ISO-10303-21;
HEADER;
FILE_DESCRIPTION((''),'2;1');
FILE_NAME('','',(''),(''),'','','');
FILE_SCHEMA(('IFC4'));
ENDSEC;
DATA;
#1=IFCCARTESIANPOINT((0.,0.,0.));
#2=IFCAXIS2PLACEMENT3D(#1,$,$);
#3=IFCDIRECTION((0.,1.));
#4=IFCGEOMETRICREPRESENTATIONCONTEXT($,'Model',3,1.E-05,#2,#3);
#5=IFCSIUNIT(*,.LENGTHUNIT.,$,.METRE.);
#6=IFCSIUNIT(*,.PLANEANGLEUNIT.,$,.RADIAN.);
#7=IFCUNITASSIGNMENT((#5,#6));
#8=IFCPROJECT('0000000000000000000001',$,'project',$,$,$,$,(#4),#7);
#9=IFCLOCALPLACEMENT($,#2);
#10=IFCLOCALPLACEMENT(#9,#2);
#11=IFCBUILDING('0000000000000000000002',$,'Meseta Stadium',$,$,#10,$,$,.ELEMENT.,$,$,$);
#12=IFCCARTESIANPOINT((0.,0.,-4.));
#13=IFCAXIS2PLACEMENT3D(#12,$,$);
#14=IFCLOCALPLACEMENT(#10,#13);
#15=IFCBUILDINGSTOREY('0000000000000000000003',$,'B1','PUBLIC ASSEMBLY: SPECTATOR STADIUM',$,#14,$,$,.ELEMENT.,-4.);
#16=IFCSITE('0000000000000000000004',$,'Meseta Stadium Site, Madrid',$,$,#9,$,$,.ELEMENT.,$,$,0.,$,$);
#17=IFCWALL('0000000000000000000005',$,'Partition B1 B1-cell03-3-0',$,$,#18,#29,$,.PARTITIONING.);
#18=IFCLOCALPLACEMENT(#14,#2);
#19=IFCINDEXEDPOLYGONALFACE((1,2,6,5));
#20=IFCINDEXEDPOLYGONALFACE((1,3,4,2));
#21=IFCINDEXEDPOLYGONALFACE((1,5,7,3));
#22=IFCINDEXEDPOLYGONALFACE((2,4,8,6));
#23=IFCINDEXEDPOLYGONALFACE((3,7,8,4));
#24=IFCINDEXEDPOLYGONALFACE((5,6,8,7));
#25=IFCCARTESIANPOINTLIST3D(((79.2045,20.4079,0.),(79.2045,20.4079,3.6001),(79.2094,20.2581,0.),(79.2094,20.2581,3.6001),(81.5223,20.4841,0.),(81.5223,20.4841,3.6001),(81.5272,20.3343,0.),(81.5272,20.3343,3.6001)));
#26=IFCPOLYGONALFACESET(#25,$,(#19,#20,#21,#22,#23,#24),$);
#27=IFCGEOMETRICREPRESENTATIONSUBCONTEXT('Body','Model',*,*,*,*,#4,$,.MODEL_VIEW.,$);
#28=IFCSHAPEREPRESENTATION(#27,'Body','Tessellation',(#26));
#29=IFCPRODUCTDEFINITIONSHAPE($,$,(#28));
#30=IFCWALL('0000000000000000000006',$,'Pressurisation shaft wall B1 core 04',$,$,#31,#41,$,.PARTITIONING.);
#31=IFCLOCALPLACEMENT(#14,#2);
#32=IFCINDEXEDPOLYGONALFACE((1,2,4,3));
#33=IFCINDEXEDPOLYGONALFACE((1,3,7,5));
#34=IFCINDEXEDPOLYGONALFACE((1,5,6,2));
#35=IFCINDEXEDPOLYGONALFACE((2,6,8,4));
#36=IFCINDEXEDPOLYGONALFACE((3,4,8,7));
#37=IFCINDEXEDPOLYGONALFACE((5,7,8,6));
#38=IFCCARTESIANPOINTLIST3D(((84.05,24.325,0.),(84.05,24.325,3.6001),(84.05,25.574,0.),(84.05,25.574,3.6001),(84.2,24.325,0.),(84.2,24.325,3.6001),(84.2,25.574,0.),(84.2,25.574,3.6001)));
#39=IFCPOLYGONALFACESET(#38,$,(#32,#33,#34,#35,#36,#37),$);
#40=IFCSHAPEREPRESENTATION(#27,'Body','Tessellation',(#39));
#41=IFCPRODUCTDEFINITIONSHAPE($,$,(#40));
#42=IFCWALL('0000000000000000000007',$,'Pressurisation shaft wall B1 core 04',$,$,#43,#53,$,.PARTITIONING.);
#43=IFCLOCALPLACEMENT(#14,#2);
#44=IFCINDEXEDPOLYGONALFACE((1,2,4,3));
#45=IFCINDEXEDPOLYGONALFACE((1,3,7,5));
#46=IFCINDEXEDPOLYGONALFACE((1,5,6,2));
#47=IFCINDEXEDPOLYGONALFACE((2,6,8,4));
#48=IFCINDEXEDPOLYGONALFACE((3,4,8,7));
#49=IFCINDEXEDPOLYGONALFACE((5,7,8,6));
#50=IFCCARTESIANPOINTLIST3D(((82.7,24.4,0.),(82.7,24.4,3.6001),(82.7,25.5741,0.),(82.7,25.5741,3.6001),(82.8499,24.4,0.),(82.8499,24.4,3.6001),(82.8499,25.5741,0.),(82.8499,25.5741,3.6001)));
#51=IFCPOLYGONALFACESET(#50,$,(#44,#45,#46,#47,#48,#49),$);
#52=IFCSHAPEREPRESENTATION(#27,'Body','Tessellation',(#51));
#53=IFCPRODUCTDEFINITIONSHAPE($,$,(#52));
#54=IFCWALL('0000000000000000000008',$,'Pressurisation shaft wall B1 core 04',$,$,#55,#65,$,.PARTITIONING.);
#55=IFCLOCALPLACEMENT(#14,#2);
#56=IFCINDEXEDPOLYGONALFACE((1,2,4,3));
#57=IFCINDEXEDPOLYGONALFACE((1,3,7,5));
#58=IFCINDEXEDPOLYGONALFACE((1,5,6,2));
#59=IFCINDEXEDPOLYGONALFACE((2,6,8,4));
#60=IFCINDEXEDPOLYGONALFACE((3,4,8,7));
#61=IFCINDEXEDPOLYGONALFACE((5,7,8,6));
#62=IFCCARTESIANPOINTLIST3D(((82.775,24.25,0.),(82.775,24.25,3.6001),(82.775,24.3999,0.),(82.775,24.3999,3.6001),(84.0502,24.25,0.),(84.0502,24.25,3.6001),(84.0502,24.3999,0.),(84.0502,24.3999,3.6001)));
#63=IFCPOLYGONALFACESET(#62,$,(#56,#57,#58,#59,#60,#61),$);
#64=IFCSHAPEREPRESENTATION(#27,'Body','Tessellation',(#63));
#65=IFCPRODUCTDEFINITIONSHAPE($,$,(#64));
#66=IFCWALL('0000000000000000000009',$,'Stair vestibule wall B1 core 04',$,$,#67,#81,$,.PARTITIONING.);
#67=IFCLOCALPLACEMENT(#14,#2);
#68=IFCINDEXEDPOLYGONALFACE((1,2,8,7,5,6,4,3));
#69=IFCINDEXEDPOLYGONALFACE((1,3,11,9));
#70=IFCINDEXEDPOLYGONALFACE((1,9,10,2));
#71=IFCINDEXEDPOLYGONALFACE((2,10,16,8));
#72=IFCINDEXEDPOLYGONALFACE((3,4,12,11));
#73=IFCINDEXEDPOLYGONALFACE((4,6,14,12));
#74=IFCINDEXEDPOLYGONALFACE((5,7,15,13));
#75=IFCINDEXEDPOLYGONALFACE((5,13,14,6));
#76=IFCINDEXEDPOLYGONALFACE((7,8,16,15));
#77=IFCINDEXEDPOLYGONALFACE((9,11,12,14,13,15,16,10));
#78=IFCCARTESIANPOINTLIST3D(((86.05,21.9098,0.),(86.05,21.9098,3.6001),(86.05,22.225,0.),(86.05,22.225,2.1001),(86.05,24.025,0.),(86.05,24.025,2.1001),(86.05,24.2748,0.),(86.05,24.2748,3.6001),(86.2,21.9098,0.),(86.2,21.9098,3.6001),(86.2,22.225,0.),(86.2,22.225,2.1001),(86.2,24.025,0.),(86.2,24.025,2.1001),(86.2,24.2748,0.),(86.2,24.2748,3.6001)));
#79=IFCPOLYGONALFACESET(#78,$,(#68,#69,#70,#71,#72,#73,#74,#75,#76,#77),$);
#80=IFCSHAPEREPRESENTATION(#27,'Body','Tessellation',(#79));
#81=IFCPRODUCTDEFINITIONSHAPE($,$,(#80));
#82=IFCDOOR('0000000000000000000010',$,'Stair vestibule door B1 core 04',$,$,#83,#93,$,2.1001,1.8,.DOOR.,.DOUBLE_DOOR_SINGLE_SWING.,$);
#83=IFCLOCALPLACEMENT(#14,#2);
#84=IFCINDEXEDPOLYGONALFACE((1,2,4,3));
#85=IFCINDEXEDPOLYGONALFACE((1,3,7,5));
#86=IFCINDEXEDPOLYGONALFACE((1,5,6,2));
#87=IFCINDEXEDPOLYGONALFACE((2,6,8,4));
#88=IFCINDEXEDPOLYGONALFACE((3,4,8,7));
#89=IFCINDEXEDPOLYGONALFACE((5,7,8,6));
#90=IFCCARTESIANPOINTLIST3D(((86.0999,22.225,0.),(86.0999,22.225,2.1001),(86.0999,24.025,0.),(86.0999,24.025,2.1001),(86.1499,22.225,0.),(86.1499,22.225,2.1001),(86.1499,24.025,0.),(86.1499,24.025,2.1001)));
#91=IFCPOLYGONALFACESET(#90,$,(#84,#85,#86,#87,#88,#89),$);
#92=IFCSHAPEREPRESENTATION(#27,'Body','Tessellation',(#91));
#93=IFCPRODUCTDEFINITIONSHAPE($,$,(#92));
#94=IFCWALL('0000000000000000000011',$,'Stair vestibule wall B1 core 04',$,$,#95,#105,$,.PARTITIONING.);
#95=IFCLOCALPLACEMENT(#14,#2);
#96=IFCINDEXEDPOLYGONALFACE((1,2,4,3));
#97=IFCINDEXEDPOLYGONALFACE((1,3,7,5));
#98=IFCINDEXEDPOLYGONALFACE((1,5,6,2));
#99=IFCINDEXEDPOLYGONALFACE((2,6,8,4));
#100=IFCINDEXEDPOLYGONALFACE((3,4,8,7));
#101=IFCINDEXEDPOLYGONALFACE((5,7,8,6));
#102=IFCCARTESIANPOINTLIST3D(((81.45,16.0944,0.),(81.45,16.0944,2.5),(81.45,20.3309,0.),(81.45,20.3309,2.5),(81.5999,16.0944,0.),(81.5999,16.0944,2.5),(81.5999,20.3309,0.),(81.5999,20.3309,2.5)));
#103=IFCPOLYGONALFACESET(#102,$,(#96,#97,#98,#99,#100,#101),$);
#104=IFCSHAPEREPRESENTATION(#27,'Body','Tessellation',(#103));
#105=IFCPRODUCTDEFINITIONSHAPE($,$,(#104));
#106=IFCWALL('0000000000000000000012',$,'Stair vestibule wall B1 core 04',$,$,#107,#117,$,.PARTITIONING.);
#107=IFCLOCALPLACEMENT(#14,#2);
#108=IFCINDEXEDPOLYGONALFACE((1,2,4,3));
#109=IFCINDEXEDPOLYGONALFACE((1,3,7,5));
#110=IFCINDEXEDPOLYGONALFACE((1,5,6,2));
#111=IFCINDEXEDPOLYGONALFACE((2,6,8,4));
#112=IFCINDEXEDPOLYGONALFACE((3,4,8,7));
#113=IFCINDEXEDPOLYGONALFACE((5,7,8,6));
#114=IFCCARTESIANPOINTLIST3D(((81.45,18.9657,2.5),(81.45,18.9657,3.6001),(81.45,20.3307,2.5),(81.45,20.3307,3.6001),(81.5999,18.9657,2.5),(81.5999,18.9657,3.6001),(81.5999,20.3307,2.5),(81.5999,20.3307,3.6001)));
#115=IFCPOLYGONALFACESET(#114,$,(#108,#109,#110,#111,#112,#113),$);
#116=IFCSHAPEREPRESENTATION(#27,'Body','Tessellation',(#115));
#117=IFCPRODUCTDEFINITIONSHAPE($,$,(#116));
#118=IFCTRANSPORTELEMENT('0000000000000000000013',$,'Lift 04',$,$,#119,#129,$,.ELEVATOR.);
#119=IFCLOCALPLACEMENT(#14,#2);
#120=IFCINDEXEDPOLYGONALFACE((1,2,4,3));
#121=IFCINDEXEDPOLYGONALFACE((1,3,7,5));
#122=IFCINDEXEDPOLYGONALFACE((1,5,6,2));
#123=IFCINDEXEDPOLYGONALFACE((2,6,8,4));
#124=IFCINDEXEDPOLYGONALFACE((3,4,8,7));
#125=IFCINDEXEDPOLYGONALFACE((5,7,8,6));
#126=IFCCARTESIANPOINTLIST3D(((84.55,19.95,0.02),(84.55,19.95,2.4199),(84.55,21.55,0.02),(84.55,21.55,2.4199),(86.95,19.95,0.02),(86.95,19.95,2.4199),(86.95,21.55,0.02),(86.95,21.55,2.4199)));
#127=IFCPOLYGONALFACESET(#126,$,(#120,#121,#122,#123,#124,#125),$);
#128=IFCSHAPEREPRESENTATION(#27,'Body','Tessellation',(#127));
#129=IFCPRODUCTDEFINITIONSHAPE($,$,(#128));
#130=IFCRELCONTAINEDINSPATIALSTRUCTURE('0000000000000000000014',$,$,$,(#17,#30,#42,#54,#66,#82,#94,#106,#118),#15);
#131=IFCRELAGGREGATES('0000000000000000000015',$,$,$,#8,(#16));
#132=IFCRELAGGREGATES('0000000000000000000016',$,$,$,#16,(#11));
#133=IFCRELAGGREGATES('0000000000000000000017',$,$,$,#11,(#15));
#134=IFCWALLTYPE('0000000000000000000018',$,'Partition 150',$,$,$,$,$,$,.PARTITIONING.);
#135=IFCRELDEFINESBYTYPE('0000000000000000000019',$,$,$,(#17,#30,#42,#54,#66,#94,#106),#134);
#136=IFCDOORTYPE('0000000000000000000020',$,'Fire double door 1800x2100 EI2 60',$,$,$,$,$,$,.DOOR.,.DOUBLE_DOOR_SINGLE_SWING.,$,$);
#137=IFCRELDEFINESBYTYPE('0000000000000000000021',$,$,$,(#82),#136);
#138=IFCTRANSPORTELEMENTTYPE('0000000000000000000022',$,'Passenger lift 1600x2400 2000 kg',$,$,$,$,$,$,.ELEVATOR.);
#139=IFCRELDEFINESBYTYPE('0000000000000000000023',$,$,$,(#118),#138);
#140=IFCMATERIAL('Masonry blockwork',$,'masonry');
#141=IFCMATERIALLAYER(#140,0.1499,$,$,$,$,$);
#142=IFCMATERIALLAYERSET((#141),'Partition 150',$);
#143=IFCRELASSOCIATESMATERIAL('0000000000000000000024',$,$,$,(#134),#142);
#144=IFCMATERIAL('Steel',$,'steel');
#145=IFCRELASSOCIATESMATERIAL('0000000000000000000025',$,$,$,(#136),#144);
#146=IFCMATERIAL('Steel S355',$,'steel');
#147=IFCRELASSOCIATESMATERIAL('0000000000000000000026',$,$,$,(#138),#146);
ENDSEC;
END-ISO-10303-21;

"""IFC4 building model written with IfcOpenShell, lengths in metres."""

from ifc_helpers import new_model, si_unit, direction, frame, frame_2d, origin, origin_2d, place, context, subcontext, project, spatial, rectangle, extrude, material, layer, layer_set, type_object, element, fill, save


model = new_model("IFC4")

# Units and contexts
model_context = context("Model", 3, precision=1e-05, world=origin(), true_north=direction((0.0, 1.0)))
body_context = subcontext(model_context, "Body", "Model", "MODEL_VIEW")
ifc_project = project(units=[si_unit("LENGTHUNIT", "METRE"), si_unit("PLANEANGLEUNIT", "RADIAN")], contexts=[model_context])

# Site, building, storey
site_placement = place(None, origin())
site = spatial("IfcSite", under=ifc_project, at=site_placement, Name="Meseta Stadium Site, Madrid", CompositionType="ELEMENT", RefElevation=0.0)
building_placement = place(site_placement, origin())
building = spatial("IfcBuilding", under=site, at=building_placement, Name="Meseta Stadium", CompositionType="ELEMENT")
storey_placement = place(building_placement, frame((0.0, 0.0, -4.0)))
storey = spatial("IfcBuildingStorey", under=building, at=storey_placement, Name="B1", Description="PUBLIC ASSEMBLY: SPECTATOR STADIUM", CompositionType="ELEMENT", Elevation=-4.0)

# Shared definitions
ifc_material_1 = material(Name="Masonry blockwork", Category="masonry")
ifc_layer_1 = layer(ifc_material_1, 0.1499)
ifc_layer_set_1 = layer_set([ifc_layer_1], Name="Partition 150")
wall_type_1 = type_object("IfcWallType", Name="Partition 150", PredefinedType="PARTITIONING", material=ifc_layer_set_1)

# Walls
wall_1_placement = place(storey_placement, frame((81.5249, 20.4092, 0.0), z_axis=(0.0, 0.0, 1.0), x_axis=(-0.99946, -0.032845, 0.0)))
element("IfcWall", 1, at=wall_1_placement, inside=storey, type_object=wall_type_1, Name="Partition B1 B1-cell03-3-0", PredefinedType="PARTITIONING", context=body_context, shape_type="SweptSolid", body=[
    extrude(rectangle(XDim=2.3191, YDim=0.1499, at=frame_2d((1.1597, 0.0))), origin(), (0.0, 0.0, 1.0), 3.6001),
])
wall_2_placement = place(storey_placement, frame((84.125, 24.325, 0.0), z_axis=(0.0, 0.0, 1.0), x_axis=(0.0, 1.0, 0.0)))
element("IfcWall", 2, at=wall_2_placement, inside=storey, type_object=wall_type_1, Name="Pressurisation shaft wall B1 core 04", PredefinedType="PARTITIONING", context=body_context, shape_type="SweptSolid", body=[
    extrude(rectangle(XDim=1.249, YDim=0.1499, at=frame_2d((0.6245, 0.0))), origin(), (0.0, 0.0, 1.0), 3.6001),
])
wall_3_placement = place(storey_placement, frame((82.7749, 25.574, 0.0), z_axis=(0.0, 0.0, 1.0), x_axis=(0.0, -1.0, 0.0)))
element("IfcWall", 3, at=wall_3_placement, inside=storey, type_object=wall_type_1, Name="Pressurisation shaft wall B1 core 04", PredefinedType="PARTITIONING", context=body_context, shape_type="SweptSolid", body=[
    extrude(rectangle(XDim=1.1741, YDim=0.1499, at=frame_2d((0.5869, 0.0))), origin(), (0.0, 0.0, 1.0), 3.6001),
])
wall_4_placement = place(storey_placement, frame((82.7749, 24.325, 0.0), z_axis=(0.0, 0.0, 1.0), x_axis=(1.0, 0.0, 0.0)))
element("IfcWall", 4, at=wall_4_placement, inside=storey, type_object=wall_type_1, Name="Pressurisation shaft wall B1 core 04", PredefinedType="PARTITIONING", context=body_context, shape_type="SweptSolid", body=[
    extrude(rectangle(XDim=1.2751, YDim=0.1499, at=frame_2d((0.6377, 0.0))), origin(), (0.0, 0.0, 1.0), 3.6001),
])

# Wall, opening, door
wall_5_placement = place(storey_placement, frame((86.125, 24.2749, 0.0), z_axis=(0.0, 0.0, 1.0), x_axis=(0.0, -1.0, 0.0)))
wall_5 = element("IfcWall", 5, at=wall_5_placement, inside=storey, type_object=wall_type_1, Name="Stair vestibule wall B1 core 04", PredefinedType="PARTITIONING", context=body_context, shape_type="SweptSolid", body=[
    extrude(rectangle(XDim=2.365, YDim=0.1499, at=frame_2d((1.1826, 0.0))), origin(), (0.0, 0.0, 1.0), 3.6001),
])
opening_1_placement = place(wall_5_placement, frame((0.25, 0.0, 0.0)))
opening_1 = element("IfcOpeningElement", 6, at=opening_1_placement, cuts=wall_5, PredefinedType="OPENING", context=body_context, shape_type="SweptSolid", body=[
    extrude(rectangle(XDim=1.8, YDim=2.1001, at=frame_2d((0.8999, 1.05))), frame((0.0, 0.085, 0.0), z_axis=(0.0, -1.0, 0.0), x_axis=(1.0, 0.0, 0.0)), (0.0, 0.0, 1.0), 0.1699),
])
ifc_material_2 = material(Name="Steel", Category="steel")
door_type_1 = type_object("IfcDoorType", Name="Fire double door 1800x2100 EI2 60", OperationType="DOUBLE_DOOR_SINGLE_SWING", PredefinedType="DOOR", material=ifc_material_2)
door_1_placement = place(opening_1_placement, origin())
door_1 = element("IfcDoor", 7, at=door_1_placement, inside=storey, type_object=door_type_1, Name="Stair vestibule door B1 core 04", OperationType="DOUBLE_DOOR_SINGLE_SWING", OverallHeight=2.1001, OverallWidth=1.8, PredefinedType="DOOR", context=body_context, shape_type="SweptSolid", body=[
    extrude(rectangle(XDim=1.8, YDim=2.1001, at=frame_2d((0.8999, 1.05))), frame((0.0, 0.0249, 0.0), z_axis=(0.0, -1.0, 0.0), x_axis=(1.0, 0.0, 0.0)), (0.0, 0.0, 1.0), 0.05),
])
fill(opening_1, door_1)

# Walls
wall_6_placement = place(storey_placement, frame((81.5249, 20.3308, 0.0), z_axis=(0.0, 0.0, 1.0), x_axis=(0.0, -1.0, 0.0)))
element("IfcWall", 8, at=wall_6_placement, inside=storey, type_object=wall_type_1, Name="Stair vestibule wall B1 core 04", PredefinedType="PARTITIONING", context=body_context, shape_type="SweptSolid", body=[
    extrude(rectangle(XDim=4.2366, YDim=0.1499, at=frame_2d((2.1182, 0.0))), origin(), (0.0, 0.0, 1.0), 2.5),
])
wall_7_placement = place(storey_placement, frame((81.5249, 20.3308, 2.5), z_axis=(0.0, 0.0, 1.0), x_axis=(0.0, -1.0, 0.0)))
element("IfcWall", 9, at=wall_7_placement, inside=storey, type_object=wall_type_1, Name="Stair vestibule wall B1 core 04", PredefinedType="PARTITIONING", context=body_context, shape_type="SweptSolid", body=[
    extrude(rectangle(XDim=1.365, YDim=0.1499, at=frame_2d((0.6826, 0.0))), origin(), (0.0, 0.0, 1.0), 1.1001),
])

# Transport element
ifc_material_3 = material(Name="Steel S355", Category="steel")
transport_element_type = type_object("IfcTransportElementType", Name="Passenger lift 1600x2400 2000 kg", PredefinedType="ELEVATOR", material=ifc_material_3)
transport_element_placement = place(storey_placement, frame((85.75, 20.75, 0.02), z_axis=(0.0, 0.0, 1.0), x_axis=(-1.0, 0.0, 0.0)))
element("IfcTransportElement", 10, at=transport_element_placement, inside=storey, type_object=transport_element_type, Name="Lift 04", PredefinedType="ELEVATOR", context=body_context, shape_type="SweptSolid", body=[
    extrude(rectangle(XDim=2.3999, YDim=1.6001, at=origin_2d()), origin(), (0.0, 0.0, 1.0), 2.3999),
])

save(model, "model.ifc")
